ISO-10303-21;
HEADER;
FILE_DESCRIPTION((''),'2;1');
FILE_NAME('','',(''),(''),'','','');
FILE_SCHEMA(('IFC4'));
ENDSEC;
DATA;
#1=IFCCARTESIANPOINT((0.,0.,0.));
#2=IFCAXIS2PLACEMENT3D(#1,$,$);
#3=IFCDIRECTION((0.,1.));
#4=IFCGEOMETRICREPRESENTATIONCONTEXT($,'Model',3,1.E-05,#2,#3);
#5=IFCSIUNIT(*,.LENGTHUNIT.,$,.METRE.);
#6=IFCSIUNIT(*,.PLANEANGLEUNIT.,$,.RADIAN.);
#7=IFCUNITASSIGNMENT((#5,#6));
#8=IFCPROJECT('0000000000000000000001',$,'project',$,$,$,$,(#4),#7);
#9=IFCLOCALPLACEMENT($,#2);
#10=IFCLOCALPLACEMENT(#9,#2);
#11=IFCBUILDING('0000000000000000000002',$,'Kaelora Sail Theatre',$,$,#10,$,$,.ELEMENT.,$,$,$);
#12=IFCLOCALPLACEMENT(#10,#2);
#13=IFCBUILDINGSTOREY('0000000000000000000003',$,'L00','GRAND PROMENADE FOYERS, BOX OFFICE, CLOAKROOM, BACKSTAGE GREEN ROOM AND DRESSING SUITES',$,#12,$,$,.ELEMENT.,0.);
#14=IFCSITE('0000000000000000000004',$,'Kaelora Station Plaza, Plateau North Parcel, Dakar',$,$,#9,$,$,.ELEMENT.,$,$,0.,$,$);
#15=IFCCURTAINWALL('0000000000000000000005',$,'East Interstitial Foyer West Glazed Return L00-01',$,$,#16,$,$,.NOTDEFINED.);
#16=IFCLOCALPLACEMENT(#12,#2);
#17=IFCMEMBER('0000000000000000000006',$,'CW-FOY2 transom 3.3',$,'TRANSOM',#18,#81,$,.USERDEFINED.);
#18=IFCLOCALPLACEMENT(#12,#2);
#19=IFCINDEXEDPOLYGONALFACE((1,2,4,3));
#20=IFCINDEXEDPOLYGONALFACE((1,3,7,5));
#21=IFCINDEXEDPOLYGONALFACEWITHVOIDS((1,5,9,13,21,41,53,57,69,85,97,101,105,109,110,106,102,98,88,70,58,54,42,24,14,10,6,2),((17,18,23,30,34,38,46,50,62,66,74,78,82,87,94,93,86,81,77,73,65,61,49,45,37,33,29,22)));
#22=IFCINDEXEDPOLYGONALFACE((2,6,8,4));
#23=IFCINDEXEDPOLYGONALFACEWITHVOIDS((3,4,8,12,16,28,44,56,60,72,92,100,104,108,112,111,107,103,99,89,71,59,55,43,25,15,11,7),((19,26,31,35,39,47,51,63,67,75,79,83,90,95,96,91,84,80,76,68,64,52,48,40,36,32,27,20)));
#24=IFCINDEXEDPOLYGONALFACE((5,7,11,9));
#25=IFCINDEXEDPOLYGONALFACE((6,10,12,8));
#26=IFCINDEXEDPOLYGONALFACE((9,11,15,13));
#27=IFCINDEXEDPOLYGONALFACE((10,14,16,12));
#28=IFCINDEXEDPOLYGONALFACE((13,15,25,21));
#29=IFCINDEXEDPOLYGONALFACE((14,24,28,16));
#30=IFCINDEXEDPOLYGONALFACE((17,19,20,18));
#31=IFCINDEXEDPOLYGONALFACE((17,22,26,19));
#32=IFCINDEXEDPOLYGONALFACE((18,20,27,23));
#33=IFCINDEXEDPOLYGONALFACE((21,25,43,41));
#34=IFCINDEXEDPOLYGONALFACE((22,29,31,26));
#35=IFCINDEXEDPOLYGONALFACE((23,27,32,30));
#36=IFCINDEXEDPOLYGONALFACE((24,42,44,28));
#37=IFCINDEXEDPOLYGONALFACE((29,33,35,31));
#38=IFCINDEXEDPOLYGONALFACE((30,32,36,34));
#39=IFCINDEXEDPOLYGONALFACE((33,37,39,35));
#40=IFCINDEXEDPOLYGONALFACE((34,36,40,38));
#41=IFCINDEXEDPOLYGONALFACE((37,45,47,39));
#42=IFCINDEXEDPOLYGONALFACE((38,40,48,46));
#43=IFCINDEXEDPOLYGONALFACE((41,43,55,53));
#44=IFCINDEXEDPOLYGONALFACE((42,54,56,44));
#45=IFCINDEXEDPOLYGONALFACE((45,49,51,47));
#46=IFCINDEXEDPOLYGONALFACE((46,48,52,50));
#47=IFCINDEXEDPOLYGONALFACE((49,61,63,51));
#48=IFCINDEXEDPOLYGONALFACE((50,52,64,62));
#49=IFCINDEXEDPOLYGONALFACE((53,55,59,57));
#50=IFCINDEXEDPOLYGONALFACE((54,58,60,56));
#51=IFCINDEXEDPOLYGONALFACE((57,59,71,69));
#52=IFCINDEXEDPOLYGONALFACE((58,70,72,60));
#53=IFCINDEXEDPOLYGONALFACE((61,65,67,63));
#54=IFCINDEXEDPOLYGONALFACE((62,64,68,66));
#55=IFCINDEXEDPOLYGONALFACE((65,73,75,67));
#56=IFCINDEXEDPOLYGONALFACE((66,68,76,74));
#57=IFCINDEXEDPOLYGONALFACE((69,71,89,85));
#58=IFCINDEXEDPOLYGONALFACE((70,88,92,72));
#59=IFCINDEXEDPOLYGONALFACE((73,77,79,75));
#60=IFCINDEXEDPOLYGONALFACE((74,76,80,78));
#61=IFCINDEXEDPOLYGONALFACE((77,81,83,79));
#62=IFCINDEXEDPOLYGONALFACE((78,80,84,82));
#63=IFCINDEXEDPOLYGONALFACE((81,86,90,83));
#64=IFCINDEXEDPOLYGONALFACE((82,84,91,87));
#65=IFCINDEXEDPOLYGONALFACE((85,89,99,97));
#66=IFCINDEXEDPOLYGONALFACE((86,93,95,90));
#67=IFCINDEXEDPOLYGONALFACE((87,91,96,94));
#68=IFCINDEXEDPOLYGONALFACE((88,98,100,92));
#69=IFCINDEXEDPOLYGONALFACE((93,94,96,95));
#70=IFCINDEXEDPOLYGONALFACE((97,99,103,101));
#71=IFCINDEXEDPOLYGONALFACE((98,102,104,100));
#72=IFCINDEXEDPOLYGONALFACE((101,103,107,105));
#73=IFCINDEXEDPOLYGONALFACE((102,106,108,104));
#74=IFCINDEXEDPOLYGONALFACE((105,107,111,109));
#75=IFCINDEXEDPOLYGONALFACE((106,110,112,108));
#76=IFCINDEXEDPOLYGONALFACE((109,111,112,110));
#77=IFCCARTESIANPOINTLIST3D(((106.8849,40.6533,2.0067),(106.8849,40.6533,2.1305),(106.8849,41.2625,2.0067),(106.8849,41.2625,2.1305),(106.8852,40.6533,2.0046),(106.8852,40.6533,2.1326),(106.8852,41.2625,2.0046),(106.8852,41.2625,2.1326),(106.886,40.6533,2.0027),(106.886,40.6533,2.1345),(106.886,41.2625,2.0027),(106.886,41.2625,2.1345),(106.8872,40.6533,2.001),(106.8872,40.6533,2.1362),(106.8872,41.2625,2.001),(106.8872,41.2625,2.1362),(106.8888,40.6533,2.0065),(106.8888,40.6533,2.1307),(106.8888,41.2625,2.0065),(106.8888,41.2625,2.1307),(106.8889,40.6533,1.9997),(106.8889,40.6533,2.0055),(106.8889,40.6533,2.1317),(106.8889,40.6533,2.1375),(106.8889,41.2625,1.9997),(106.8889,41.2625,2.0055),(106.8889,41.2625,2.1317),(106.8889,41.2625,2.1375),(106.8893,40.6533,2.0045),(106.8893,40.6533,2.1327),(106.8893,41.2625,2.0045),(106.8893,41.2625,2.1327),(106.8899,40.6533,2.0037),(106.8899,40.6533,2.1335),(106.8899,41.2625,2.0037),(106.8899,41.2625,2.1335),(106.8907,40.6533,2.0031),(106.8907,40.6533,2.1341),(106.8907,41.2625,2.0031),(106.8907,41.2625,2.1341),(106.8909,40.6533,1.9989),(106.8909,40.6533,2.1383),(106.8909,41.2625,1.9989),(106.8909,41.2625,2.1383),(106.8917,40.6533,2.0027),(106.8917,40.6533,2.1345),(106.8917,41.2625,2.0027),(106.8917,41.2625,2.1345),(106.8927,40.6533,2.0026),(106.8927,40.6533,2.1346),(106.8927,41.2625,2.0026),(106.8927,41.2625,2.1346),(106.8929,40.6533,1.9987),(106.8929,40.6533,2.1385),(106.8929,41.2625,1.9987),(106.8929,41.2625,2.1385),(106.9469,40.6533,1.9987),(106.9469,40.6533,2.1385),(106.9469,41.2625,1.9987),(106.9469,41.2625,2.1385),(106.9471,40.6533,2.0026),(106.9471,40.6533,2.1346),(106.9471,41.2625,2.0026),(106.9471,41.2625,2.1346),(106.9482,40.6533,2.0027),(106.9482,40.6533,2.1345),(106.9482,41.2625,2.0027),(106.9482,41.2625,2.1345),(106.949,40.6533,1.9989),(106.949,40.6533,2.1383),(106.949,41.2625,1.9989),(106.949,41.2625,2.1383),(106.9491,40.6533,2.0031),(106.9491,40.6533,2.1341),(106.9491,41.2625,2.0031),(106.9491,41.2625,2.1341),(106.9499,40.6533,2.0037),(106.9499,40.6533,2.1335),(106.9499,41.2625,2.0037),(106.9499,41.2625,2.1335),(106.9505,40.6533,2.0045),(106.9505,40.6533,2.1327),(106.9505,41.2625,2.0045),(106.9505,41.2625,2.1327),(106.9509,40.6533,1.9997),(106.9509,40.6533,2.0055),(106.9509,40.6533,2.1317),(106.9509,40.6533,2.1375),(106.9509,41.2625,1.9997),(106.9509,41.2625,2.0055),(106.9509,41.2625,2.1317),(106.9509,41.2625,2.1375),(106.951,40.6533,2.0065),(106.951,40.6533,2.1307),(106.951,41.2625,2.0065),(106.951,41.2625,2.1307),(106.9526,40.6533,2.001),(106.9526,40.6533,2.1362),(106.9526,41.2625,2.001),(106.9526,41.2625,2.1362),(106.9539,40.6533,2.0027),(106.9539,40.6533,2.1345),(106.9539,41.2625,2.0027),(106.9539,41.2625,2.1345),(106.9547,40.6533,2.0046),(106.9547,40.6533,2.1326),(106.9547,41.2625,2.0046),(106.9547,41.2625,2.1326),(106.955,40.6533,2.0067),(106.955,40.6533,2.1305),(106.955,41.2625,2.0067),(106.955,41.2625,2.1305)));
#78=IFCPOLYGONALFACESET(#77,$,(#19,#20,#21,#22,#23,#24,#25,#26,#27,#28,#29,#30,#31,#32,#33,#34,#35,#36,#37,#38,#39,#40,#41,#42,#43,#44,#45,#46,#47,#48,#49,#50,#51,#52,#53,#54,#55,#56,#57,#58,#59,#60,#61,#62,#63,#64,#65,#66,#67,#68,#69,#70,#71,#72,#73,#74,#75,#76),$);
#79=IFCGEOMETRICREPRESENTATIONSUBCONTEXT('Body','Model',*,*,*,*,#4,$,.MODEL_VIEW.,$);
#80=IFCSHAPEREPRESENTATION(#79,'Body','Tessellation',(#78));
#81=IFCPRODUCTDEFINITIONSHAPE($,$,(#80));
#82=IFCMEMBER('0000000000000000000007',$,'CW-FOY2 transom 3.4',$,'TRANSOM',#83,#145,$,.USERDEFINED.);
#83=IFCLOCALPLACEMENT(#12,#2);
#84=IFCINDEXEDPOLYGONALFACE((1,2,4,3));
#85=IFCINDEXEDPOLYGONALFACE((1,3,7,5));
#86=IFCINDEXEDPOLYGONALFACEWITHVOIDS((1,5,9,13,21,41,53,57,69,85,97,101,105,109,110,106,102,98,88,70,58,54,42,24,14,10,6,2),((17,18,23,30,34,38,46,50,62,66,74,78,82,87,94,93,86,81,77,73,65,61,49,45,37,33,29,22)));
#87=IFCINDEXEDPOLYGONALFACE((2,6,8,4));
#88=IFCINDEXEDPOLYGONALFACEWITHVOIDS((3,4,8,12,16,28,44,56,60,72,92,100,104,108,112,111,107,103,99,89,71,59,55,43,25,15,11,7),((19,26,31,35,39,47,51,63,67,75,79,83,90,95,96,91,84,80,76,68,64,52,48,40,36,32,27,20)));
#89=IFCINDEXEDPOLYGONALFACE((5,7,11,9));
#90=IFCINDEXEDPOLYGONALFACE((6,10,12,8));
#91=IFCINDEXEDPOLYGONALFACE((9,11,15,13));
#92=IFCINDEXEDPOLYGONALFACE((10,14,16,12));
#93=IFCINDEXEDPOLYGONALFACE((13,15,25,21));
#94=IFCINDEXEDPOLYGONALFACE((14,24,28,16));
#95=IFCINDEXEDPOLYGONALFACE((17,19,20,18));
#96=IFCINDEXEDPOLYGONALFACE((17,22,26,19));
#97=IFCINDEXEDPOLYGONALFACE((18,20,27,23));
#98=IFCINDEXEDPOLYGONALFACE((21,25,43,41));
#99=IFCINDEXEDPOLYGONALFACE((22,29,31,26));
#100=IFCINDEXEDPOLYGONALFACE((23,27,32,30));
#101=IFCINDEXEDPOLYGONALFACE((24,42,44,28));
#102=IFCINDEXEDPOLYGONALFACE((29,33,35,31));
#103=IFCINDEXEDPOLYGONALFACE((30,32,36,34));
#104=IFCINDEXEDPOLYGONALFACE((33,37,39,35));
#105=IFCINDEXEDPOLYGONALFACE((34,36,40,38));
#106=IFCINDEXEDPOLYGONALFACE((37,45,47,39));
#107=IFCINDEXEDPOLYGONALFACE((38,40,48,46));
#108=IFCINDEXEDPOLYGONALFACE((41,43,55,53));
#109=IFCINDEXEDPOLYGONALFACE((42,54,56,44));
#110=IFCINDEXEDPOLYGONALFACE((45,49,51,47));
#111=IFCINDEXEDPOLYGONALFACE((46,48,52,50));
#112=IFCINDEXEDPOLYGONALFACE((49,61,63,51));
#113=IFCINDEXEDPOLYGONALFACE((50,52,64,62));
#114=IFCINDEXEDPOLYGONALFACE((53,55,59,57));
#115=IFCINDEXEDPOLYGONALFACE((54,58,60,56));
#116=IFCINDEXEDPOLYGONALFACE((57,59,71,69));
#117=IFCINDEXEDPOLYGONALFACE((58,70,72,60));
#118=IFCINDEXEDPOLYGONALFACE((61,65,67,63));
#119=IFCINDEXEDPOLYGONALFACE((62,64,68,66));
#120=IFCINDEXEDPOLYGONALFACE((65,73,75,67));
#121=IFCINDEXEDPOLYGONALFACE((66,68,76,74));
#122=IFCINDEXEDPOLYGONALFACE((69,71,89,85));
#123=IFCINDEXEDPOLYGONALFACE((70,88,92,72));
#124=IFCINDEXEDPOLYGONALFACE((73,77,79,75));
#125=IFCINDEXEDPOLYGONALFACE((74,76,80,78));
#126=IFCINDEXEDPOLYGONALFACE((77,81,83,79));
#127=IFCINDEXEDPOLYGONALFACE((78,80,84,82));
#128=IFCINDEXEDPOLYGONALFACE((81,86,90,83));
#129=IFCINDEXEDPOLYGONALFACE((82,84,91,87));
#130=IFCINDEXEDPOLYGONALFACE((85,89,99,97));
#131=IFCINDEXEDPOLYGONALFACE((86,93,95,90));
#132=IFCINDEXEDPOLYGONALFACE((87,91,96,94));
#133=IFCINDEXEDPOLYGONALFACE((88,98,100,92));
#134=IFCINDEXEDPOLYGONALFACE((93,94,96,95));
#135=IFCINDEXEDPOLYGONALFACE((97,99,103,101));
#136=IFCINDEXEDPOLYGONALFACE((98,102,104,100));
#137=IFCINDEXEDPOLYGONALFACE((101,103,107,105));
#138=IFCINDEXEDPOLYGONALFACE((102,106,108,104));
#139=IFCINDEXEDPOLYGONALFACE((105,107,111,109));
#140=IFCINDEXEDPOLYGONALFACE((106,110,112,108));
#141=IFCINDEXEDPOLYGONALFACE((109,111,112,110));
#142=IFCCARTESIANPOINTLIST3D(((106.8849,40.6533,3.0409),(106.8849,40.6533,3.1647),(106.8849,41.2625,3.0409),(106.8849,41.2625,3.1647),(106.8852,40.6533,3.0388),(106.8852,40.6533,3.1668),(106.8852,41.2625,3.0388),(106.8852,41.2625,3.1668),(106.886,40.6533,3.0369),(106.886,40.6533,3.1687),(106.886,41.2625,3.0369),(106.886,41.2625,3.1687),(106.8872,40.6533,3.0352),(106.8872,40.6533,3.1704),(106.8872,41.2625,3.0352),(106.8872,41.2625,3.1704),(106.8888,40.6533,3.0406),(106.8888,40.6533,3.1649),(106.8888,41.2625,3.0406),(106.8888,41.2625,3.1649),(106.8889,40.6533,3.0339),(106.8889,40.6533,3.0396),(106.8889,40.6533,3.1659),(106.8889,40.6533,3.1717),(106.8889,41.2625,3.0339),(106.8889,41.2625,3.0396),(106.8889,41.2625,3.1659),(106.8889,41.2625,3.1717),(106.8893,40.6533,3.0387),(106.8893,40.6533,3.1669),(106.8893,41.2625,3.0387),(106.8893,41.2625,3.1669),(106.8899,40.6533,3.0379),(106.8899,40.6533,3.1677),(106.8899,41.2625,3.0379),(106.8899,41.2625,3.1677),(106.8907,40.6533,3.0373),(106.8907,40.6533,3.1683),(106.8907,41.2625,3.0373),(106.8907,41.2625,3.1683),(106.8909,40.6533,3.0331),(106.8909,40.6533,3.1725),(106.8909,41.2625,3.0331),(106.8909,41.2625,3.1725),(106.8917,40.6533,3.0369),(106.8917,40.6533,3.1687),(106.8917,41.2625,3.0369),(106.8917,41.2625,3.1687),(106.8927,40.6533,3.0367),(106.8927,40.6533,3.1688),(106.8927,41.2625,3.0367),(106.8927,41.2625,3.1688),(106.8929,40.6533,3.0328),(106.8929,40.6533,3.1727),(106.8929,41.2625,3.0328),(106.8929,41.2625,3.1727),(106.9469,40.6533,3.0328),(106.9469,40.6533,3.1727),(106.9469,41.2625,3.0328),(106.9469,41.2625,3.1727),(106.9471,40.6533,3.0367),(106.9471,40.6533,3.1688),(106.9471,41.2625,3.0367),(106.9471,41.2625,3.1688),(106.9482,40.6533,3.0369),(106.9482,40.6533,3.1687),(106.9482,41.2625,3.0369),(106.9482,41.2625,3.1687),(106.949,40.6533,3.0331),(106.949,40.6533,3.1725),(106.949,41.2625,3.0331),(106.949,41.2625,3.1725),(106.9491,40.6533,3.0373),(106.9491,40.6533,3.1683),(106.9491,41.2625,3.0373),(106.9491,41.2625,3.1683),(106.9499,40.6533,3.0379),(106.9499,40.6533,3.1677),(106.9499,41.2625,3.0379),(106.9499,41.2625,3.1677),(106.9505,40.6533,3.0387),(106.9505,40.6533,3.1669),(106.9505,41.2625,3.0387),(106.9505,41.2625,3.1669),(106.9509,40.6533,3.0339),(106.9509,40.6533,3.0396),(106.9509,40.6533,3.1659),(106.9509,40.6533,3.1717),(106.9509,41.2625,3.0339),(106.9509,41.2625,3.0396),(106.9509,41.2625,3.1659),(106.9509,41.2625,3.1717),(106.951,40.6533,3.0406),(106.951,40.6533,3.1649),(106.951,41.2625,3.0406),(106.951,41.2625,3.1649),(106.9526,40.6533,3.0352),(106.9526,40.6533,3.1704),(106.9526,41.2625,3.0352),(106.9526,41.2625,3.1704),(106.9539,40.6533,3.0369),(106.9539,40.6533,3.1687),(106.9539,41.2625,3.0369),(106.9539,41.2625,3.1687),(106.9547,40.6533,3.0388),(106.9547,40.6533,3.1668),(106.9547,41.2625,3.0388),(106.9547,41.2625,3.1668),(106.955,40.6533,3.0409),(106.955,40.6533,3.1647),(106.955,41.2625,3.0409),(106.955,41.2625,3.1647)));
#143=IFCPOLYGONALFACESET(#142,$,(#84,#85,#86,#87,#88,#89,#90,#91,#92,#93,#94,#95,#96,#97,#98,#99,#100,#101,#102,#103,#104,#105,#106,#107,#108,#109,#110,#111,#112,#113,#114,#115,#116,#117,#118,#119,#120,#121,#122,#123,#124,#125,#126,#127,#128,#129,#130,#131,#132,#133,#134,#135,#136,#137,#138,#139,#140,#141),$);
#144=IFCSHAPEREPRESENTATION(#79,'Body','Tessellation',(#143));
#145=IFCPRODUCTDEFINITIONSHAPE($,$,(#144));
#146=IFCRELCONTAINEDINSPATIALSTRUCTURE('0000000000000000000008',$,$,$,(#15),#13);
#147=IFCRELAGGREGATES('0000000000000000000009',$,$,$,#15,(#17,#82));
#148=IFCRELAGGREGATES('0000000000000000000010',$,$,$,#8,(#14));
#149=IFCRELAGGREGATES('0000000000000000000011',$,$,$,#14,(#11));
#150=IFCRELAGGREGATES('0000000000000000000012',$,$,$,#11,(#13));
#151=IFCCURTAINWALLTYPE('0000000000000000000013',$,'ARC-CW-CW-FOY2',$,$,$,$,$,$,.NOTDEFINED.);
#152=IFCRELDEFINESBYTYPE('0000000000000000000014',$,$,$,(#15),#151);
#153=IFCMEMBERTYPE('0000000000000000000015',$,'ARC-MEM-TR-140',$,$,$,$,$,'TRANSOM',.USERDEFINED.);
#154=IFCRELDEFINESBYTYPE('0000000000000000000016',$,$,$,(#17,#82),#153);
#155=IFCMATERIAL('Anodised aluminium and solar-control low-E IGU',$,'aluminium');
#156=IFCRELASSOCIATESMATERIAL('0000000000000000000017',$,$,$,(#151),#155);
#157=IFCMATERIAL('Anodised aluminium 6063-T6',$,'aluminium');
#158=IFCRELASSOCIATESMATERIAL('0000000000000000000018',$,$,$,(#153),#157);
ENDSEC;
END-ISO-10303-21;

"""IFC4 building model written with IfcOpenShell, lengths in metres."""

from ifc_helpers import new_model, si_unit, direction, frame, origin, origin_2d, place, context, subcontext, project, spatial, hollow_rectangle, extrude, material, material_profile, profile_set, type_object, element, aggregate, save


model = new_model("IFC4")

# Units and contexts
model_context = context("Model", 3, precision=1e-05, world=origin(), true_north=direction((0.0, 1.0)))
body_context = subcontext(model_context, "Body", "Model", "MODEL_VIEW")
ifc_project = project(units=[si_unit("LENGTHUNIT", "METRE"), si_unit("PLANEANGLEUNIT", "RADIAN")], contexts=[model_context])

# Site, building, storey
site_placement = place(None, origin())
site = spatial("IfcSite", under=ifc_project, at=site_placement, Name="Kaelora Station Plaza, Plateau North Parcel, Dakar", CompositionType="ELEMENT", RefElevation=0.0)
building_placement = place(site_placement, origin())
building = spatial("IfcBuilding", under=site, at=building_placement, Name="Kaelora Sail Theatre", CompositionType="ELEMENT")
storey_placement = place(building_placement, origin())
storey = spatial("IfcBuildingStorey", under=building, at=storey_placement, Name="L00", Description="GRAND PROMENADE FOYERS, BOX OFFICE, CLOAKROOM, BACKSTAGE GREEN ROOM AND DRESSING SUITES", CompositionType="ELEMENT", Elevation=0.0)

# Curtain wall, members
ifc_material_1 = material(Name="Anodised aluminium and solar-control low-E IGU", Category="aluminium")
curtain_wall_type = type_object("IfcCurtainWallType", Name="ARC-CW-CW-FOY2", PredefinedType="NOTDEFINED", material=ifc_material_1)
curtain_wall_placement = place(storey_placement, origin())
curtain_wall = element("IfcCurtainWall", 1, at=curtain_wall_placement, inside=storey, type_object=curtain_wall_type, Name="East Interstitial Foyer West Glazed Return L00-01", PredefinedType="NOTDEFINED")
ifc_material_2 = material(Name="Anodised aluminium 6063-T6", Category="aluminium")
ifc_material_profile = material_profile(ifc_material_2, hollow_rectangle(XDim=0.0701, YDim=0.1399, WallThickness=0.0039, InnerFilletRadius=0.0039, OuterFilletRadius=0.0081, at=origin_2d()), Name="ALU-TRAN 70x140x4")
ifc_profile_set = profile_set([ifc_material_profile], Name="Anodised aluminium 6063-T6")
member_type = type_object("IfcMemberType", Name="ARC-MEM-TR-140", ElementType="TRANSOM", PredefinedType="USERDEFINED", material=ifc_profile_set)
member_1_placement = place(storey_placement, frame((106.9199, 40.6533, 2.0686), z_axis=(0.0, 1.0, 0.0), x_axis=(-1.0, 0.0, 0.0)))
member_1 = element("IfcMember", 2, at=member_1_placement, type_object=member_type, Name="CW-FOY2 transom 3.3", ObjectType="TRANSOM", PredefinedType="USERDEFINED", context=body_context, shape_type="SweptSolid", body=[
    extrude(hollow_rectangle(XDim=0.0701, YDim=0.1399, WallThickness=0.0039, InnerFilletRadius=0.0039, OuterFilletRadius=0.0081, at=origin_2d()), origin(), (0.0, 0.0, 1.0), 0.6091),
])
member_2_placement = place(storey_placement, frame((106.9199, 40.6533, 3.1028), z_axis=(0.0, 1.0, 0.0), x_axis=(-1.0, 0.0, 0.0)))
member_2 = element("IfcMember", 3, at=member_2_placement, type_object=member_type, Name="CW-FOY2 transom 3.4", ObjectType="TRANSOM", PredefinedType="USERDEFINED", context=body_context, shape_type="SweptSolid", body=[
    extrude(hollow_rectangle(XDim=0.0701, YDim=0.1399, WallThickness=0.0039, InnerFilletRadius=0.0039, OuterFilletRadius=0.0081, at=origin_2d()), origin(), (0.0, 0.0, 1.0), 0.6091),
])
aggregate(curtain_wall, [member_1, member_2])

save(model, "model.ifc")
